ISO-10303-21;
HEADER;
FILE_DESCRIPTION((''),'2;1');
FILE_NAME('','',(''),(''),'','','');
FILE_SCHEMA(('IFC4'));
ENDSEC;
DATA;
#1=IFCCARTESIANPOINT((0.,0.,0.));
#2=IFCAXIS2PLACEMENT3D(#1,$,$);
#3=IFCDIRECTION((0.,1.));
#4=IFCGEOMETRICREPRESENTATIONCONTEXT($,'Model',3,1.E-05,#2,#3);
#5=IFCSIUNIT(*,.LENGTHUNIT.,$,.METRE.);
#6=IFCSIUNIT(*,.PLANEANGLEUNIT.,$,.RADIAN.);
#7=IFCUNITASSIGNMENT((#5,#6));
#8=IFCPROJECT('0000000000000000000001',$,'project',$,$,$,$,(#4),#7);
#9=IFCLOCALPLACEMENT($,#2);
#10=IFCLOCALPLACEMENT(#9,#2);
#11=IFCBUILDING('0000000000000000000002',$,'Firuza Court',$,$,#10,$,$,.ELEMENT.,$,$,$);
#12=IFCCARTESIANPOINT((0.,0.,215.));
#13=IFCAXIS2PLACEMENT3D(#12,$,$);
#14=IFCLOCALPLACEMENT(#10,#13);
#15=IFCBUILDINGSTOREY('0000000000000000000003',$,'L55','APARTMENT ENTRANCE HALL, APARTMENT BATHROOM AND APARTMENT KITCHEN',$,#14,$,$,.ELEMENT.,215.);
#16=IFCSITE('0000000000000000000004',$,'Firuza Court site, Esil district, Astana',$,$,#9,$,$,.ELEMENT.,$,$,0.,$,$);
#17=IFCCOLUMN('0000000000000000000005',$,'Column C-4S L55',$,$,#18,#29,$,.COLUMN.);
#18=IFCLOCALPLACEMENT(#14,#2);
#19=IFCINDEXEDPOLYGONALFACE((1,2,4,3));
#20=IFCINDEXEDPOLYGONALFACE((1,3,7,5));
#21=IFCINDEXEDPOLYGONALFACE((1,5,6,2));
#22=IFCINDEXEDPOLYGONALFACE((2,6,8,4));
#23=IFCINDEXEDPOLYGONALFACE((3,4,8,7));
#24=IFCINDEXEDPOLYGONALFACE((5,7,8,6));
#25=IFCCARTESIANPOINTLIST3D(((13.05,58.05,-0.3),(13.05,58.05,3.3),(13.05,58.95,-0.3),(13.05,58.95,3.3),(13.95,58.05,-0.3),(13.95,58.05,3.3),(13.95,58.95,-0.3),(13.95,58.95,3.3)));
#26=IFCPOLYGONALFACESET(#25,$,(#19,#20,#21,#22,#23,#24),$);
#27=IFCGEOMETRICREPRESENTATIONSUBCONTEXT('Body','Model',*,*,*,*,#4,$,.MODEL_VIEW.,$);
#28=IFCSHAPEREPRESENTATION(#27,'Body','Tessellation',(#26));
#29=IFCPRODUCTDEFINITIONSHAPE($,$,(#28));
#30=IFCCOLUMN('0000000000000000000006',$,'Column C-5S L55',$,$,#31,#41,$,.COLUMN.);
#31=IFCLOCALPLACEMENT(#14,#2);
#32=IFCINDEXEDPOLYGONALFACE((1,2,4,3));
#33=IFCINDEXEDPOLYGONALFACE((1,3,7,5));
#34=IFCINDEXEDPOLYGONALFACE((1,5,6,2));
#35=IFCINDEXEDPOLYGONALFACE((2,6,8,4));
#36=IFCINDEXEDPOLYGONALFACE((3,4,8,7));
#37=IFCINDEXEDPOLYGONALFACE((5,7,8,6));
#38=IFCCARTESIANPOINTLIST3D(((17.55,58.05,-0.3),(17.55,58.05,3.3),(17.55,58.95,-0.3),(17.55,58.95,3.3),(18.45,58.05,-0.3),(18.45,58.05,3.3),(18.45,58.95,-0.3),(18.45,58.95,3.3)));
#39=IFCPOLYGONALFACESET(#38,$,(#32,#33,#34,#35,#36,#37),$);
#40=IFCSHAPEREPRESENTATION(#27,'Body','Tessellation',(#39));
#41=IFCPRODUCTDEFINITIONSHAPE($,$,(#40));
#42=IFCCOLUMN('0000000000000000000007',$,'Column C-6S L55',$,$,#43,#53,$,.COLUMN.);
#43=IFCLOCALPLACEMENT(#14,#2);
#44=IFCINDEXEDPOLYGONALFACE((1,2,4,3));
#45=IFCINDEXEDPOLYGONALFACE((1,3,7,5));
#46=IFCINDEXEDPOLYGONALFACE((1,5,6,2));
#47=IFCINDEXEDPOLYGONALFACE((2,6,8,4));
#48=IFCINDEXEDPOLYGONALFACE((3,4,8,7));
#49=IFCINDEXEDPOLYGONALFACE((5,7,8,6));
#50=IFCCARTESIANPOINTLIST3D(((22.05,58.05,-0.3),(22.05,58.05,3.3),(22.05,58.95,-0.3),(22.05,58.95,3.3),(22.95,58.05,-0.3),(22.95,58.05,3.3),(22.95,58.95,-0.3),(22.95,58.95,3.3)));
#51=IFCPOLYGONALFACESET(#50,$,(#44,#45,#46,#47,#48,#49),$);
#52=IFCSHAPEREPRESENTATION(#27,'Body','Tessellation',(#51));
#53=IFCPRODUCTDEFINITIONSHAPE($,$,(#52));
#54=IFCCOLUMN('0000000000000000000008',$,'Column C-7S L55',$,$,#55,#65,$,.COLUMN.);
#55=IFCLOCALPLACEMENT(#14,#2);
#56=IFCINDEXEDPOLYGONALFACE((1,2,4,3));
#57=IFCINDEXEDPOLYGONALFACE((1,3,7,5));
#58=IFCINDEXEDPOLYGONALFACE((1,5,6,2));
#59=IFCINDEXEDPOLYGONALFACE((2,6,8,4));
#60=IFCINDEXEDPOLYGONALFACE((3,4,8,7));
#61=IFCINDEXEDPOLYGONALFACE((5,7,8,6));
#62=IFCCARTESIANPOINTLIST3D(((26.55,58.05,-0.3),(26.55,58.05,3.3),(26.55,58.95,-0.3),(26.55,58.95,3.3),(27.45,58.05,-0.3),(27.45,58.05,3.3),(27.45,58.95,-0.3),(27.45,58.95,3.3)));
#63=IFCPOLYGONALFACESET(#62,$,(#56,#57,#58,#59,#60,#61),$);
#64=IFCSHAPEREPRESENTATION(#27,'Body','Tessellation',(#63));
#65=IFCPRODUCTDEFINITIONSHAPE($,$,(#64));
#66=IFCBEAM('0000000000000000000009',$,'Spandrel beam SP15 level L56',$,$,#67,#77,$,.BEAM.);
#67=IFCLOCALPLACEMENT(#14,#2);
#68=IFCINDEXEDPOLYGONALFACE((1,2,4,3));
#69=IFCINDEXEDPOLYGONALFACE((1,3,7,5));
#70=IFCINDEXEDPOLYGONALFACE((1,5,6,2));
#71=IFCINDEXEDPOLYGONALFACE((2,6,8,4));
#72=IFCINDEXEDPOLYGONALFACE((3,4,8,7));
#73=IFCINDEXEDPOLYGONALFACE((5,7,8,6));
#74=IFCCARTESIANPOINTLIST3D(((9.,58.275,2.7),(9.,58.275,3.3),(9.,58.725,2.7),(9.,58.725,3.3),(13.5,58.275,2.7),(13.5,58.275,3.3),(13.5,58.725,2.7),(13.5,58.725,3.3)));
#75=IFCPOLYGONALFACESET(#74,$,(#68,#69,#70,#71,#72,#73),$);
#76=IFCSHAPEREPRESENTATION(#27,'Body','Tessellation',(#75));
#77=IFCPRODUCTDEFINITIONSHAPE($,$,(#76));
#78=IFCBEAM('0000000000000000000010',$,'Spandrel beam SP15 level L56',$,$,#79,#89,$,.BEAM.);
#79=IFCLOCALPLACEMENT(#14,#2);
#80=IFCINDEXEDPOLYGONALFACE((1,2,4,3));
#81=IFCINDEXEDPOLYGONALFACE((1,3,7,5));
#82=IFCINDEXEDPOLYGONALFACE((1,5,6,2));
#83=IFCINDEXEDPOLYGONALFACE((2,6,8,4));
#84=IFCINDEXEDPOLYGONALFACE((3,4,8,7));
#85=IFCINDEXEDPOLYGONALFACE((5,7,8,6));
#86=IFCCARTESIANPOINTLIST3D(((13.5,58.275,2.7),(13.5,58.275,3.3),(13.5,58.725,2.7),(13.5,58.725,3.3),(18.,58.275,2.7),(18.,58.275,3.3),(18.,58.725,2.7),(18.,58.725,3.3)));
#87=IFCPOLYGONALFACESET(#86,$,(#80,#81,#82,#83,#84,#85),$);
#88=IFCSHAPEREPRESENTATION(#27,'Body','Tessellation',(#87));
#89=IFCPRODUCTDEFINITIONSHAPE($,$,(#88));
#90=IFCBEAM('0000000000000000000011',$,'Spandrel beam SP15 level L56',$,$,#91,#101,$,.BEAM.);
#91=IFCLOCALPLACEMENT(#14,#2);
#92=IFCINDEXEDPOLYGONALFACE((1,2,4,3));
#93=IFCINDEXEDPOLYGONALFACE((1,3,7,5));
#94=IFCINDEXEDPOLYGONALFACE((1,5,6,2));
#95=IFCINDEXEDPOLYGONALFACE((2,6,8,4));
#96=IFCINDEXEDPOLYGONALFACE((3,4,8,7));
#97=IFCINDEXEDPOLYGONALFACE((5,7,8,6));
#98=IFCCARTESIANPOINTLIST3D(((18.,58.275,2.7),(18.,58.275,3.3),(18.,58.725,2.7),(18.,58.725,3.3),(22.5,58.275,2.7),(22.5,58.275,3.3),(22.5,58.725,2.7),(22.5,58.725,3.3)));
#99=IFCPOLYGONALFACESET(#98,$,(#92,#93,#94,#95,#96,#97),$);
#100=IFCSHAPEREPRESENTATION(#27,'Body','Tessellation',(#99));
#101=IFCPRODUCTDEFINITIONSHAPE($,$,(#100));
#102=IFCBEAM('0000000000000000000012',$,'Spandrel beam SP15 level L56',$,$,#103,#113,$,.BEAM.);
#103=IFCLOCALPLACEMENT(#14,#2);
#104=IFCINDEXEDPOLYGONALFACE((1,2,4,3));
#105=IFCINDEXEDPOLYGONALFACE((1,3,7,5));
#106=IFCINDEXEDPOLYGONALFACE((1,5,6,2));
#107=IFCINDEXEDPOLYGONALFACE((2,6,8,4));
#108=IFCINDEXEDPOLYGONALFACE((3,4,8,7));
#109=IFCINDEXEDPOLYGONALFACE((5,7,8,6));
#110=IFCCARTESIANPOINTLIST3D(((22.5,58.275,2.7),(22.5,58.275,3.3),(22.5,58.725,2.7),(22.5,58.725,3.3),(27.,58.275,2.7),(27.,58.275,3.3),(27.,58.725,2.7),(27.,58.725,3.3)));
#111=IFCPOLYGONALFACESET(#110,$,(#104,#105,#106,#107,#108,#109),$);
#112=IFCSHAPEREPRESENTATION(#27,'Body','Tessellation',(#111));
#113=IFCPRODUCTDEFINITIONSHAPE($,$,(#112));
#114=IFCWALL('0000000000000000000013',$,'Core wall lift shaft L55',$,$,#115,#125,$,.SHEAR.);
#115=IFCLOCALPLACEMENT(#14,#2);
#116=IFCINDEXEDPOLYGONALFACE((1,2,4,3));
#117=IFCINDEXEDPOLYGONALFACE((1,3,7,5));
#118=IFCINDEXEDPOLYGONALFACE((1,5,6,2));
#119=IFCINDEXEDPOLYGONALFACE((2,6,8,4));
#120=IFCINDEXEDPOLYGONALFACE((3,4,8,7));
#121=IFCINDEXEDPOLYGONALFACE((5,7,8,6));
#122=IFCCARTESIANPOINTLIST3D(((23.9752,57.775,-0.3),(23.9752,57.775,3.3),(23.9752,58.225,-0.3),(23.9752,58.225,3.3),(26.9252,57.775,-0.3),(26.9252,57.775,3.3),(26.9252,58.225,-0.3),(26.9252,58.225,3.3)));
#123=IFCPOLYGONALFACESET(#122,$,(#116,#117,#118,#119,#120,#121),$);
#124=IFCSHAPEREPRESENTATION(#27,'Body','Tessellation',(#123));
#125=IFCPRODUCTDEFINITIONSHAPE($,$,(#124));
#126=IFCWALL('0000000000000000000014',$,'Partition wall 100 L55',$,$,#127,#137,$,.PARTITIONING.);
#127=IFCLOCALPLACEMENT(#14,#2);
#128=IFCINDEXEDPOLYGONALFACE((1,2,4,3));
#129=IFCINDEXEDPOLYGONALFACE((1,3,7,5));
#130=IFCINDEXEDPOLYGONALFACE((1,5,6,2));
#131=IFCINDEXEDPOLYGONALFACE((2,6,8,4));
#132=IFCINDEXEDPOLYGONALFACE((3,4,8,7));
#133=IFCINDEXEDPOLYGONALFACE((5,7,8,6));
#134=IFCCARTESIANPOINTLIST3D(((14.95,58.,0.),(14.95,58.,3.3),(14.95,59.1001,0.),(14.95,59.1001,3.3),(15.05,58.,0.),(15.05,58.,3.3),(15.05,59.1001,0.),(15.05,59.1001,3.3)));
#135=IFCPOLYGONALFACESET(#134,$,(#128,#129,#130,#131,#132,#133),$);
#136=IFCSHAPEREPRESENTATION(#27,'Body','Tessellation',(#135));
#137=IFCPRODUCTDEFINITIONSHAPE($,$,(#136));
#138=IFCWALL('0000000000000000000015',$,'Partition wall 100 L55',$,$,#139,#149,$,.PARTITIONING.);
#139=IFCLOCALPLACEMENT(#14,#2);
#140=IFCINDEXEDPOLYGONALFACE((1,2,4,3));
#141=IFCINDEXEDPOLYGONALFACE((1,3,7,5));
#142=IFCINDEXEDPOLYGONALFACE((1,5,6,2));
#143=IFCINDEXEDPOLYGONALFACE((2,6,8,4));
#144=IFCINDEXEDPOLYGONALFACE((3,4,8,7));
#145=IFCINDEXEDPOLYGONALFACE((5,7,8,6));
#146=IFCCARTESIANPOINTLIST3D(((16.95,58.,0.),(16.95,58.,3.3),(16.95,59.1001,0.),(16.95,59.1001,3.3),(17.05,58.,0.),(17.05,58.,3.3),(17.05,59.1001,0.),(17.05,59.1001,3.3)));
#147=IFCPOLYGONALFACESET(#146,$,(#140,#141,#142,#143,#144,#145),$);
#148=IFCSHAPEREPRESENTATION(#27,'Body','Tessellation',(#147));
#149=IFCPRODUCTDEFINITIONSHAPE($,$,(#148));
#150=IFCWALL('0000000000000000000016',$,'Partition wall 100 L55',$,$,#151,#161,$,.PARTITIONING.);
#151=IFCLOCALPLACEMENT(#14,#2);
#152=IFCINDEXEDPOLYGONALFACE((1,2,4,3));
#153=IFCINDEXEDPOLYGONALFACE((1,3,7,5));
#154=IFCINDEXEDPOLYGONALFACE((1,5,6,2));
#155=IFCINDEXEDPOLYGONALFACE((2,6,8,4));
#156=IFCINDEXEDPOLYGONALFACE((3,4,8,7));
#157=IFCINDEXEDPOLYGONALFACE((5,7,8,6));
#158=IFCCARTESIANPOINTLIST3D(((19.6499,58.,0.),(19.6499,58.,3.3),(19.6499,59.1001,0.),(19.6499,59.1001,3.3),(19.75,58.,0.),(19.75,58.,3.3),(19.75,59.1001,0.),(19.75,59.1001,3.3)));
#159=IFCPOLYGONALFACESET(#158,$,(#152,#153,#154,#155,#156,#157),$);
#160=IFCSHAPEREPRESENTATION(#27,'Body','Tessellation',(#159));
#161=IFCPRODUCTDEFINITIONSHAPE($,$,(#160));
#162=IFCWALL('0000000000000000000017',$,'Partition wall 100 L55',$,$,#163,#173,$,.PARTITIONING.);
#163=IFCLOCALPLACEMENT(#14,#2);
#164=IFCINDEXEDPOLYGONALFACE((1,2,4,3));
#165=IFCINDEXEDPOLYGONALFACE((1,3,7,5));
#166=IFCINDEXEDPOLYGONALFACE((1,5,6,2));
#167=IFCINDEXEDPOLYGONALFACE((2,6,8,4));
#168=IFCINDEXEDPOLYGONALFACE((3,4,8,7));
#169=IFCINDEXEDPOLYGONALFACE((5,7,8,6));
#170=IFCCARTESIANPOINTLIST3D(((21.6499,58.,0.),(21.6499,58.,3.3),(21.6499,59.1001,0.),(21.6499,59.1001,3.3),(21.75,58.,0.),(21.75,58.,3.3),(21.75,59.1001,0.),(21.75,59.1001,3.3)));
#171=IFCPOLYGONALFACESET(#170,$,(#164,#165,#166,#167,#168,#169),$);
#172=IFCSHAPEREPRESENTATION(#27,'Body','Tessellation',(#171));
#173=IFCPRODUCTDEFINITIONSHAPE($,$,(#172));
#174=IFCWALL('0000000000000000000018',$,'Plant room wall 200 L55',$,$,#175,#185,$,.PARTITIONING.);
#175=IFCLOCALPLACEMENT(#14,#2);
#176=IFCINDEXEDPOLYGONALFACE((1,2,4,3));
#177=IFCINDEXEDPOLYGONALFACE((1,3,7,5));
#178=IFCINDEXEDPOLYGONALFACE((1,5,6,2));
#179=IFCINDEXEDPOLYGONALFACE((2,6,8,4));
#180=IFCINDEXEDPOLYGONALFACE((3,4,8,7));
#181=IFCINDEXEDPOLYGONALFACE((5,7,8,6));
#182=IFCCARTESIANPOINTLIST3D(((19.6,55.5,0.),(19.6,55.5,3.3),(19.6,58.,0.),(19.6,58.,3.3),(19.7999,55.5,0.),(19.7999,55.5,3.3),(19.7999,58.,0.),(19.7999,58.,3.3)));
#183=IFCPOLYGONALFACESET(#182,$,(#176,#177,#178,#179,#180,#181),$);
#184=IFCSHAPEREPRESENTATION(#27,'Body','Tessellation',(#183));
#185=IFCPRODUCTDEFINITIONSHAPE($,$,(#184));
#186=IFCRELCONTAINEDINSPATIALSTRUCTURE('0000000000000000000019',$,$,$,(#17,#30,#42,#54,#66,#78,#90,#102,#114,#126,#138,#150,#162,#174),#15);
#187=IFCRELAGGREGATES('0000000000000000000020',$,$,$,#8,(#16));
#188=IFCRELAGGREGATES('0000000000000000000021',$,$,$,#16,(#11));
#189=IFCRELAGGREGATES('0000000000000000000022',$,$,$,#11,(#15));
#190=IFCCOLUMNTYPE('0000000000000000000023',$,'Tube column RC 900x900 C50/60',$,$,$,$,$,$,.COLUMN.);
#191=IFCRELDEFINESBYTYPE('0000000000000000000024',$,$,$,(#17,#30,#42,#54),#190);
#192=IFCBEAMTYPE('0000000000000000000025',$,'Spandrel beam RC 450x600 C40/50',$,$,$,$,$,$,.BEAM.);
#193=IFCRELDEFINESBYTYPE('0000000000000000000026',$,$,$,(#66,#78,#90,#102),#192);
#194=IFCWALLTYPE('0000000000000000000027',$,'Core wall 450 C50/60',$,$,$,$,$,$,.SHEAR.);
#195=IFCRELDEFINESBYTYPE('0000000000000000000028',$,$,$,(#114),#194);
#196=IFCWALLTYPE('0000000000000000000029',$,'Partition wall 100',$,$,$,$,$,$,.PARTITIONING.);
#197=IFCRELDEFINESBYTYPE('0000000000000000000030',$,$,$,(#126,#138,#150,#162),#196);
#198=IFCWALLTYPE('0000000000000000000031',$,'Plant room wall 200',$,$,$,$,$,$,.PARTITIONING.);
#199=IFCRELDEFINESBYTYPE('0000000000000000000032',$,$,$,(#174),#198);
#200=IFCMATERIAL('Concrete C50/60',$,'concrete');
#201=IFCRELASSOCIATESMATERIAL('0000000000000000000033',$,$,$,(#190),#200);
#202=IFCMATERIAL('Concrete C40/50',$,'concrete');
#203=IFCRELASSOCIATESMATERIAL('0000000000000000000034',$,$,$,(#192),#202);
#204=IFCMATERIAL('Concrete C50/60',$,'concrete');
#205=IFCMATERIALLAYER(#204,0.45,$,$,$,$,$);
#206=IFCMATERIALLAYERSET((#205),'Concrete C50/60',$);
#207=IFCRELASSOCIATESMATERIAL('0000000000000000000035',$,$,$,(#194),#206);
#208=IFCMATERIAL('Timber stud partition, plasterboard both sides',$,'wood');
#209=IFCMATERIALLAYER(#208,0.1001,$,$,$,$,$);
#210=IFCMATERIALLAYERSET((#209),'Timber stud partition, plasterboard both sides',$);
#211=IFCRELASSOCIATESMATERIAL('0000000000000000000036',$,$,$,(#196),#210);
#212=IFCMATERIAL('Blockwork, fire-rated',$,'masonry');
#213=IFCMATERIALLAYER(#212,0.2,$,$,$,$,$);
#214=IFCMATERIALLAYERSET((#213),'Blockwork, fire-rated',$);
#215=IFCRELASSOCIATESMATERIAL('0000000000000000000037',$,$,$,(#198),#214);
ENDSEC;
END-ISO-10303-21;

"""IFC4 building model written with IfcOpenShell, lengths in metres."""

from ifc_helpers import new_model, si_unit, direction, frame, frame_2d, origin, origin_2d, place, context, subcontext, project, spatial, rectangle, extrude, material, layer, layer_set, material_profile, profile_set, type_object, element, save


model = new_model("IFC4")

# Units and contexts
model_context = context("Model", 3, precision=1e-05, world=origin(), true_north=direction((0.0, 1.0)))
body_context = subcontext(model_context, "Body", "Model", "MODEL_VIEW")
ifc_project = project(units=[si_unit("LENGTHUNIT", "METRE"), si_unit("PLANEANGLEUNIT", "RADIAN")], contexts=[model_context])

# Site, building, storey
site_placement = place(None, origin())
site = spatial("IfcSite", under=ifc_project, at=site_placement, Name="Firuza Court site, Esil district, Astana", CompositionType="ELEMENT", RefElevation=0.0)
building_placement = place(site_placement, origin())
building = spatial("IfcBuilding", under=site, at=building_placement, Name="Firuza Court", CompositionType="ELEMENT")
storey_placement = place(building_placement, frame((0.0, 0.0, 215.0)))
storey = spatial("IfcBuildingStorey", under=building, at=storey_placement, Name="L55", Description="APARTMENT ENTRANCE HALL, APARTMENT BATHROOM AND APARTMENT KITCHEN", CompositionType="ELEMENT", Elevation=215.0)

# Columns
ifc_material_1 = material(Name="Concrete C50/60", Category="concrete")
ifc_material_profile_1 = material_profile(ifc_material_1, rectangle(XDim=0.8999, YDim=0.8999, at=origin_2d()), Name="RC 900x900")
ifc_profile_set_1 = profile_set([ifc_material_profile_1], Name="Concrete C50/60")
column_type = type_object("IfcColumnType", Name="Tube column RC 900x900 C50/60", PredefinedType="COLUMN", material=ifc_profile_set_1)
for number, where, z_axis, x_axis, name in (
    (1, (13.5, 58.5, -0.3), (0.0, 0.0, 1.0), (1.0, 0.0, 0.0), "Column C-4S L55"),
    (2, (18.0, 58.5, -0.3), (0.0, 0.0, 1.0), (1.0, 0.0, 0.0), "Column C-5S L55"),
    (3, (22.5, 58.5, -0.3), (0.0, 0.0, 1.0), (1.0, 0.0, 0.0), "Column C-6S L55"),
    (4, (27.0, 58.5, -0.3), (0.0, 0.0, 1.0), (1.0, 0.0, 0.0), "Column C-7S L55"),
):
    element("IfcColumn", number, at=place(storey_placement, frame(where, z_axis=z_axis, x_axis=x_axis)), inside=storey, type_object=column_type, Name=name, PredefinedType="COLUMN", context=body_context, shape_type="SweptSolid", body=[
        extrude(rectangle(XDim=0.8999, YDim=0.8999, at=origin_2d()), origin(), (0.0, 0.0, 1.0), 3.6001),
    ])

# Beams
ifc_material_2 = material(Name="Concrete C40/50", Category="concrete")
ifc_material_profile_2 = material_profile(ifc_material_2, rectangle(XDim=0.45, YDim=0.6001, at=origin_2d()), Name="RC 450x600")
ifc_profile_set_2 = profile_set([ifc_material_profile_2], Name="Concrete C40/50")
beam_type = type_object("IfcBeamType", Name="Spandrel beam RC 450x600 C40/50", PredefinedType="BEAM", material=ifc_profile_set_2)
for number, where, z_axis, x_axis, name in (
    (5, (13.5, 58.5, 3.0), (-1.0, 0.0, 0.0), (0.0, -1.0, 0.0), "Spandrel beam SP15 level L56"),
    (6, (18.0, 58.5, 3.0), (-1.0, 0.0, 0.0), (0.0, -1.0, 0.0), "Spandrel beam SP15 level L56"),
    (7, (22.5, 58.5, 3.0), (-1.0, 0.0, 0.0), (0.0, -1.0, 0.0), "Spandrel beam SP15 level L56"),
    (8, (27.0, 58.5, 3.0), (-1.0, 0.0, 0.0), (0.0, -1.0, 0.0), "Spandrel beam SP15 level L56"),
):
    element("IfcBeam", number, at=place(storey_placement, frame(where, z_axis=z_axis, x_axis=x_axis)), inside=storey, type_object=beam_type, Name=name, PredefinedType="BEAM", context=body_context, shape_type="SweptSolid", body=[
        extrude(rectangle(XDim=0.45, YDim=0.6001, at=origin_2d()), origin(), (0.0, 0.0, 1.0), 4.5),
    ])

# Walls
ifc_material_3 = material(Name="Concrete C50/60", Category="concrete")
ifc_layer_1 = layer(ifc_material_3, 0.45)
ifc_layer_set_1 = layer_set([ifc_layer_1], Name="Concrete C50/60")
wall_type_1 = type_object("IfcWallType", Name="Core wall 450 C50/60", PredefinedType="SHEAR", material=ifc_layer_set_1)
wall_1_placement = place(storey_placement, frame((23.9751, 58.0, -0.3), z_axis=(0.0, 0.0, 1.0), x_axis=(1.0, 0.0, 0.0)))
element("IfcWall", 9, at=wall_1_placement, inside=storey, type_object=wall_type_1, Name="Core wall lift shaft L55", PredefinedType="SHEAR", context=body_context, shape_type="SweptSolid", body=[
    extrude(rectangle(XDim=2.95, YDim=0.45, at=frame_2d((1.4751, 0.0))), origin(), (0.0, 0.0, 1.0), 3.6001),
])
ifc_material_4 = material(Name="Timber stud partition, plasterboard both sides", Category="wood")
ifc_layer_2 = layer(ifc_material_4, 0.1001)
ifc_layer_set_2 = layer_set([ifc_layer_2], Name="Timber stud partition, plasterboard both sides")
wall_type_2 = type_object("IfcWallType", Name="Partition wall 100", PredefinedType="PARTITIONING", material=ifc_layer_set_2)
for number, where, z_axis, x_axis, name in (
    (10, (15.0, 58.0, 0.0), (0.0, 0.0, 1.0), (0.0, 1.0, 0.0), "Partition wall 100 L55"),
    (11, (17.0, 58.0, 0.0), (0.0, 0.0, 1.0), (0.0, 1.0, 0.0), "Partition wall 100 L55"),
    (12, (19.7, 58.0, 0.0), (0.0, 0.0, 1.0), (0.0, 1.0, 0.0), "Partition wall 100 L55"),
    (13, (21.7, 58.0, 0.0), (0.0, 0.0, 1.0), (0.0, 1.0, 0.0), "Partition wall 100 L55"),
):
    element("IfcWall", number, at=place(storey_placement, frame(where, z_axis=z_axis, x_axis=x_axis)), inside=storey, type_object=wall_type_2, Name=name, PredefinedType="PARTITIONING", context=body_context, shape_type="SweptSolid", body=[
        extrude(rectangle(XDim=1.1001, YDim=0.1001, at=frame_2d((0.55, 0.0))), origin(), (0.0, 0.0, 1.0), 3.3),
    ])
ifc_material_5 = material(Name="Blockwork, fire-rated", Category="masonry")
ifc_layer_3 = layer(ifc_material_5, 0.2)
ifc_layer_set_3 = layer_set([ifc_layer_3], Name="Blockwork, fire-rated")
wall_type_3 = type_object("IfcWallType", Name="Plant room wall 200", PredefinedType="PARTITIONING", material=ifc_layer_set_3)
wall_2_placement = place(storey_placement, frame((19.7, 55.5, 0.0), z_axis=(0.0, 0.0, 1.0), x_axis=(0.0, 1.0, 0.0)))
element("IfcWall", 14, at=wall_2_placement, inside=storey, type_object=wall_type_3, Name="Plant room wall 200 L55", PredefinedType="PARTITIONING", context=body_context, shape_type="SweptSolid", body=[
    extrude(rectangle(XDim=2.5, YDim=0.2, at=frame_2d((1.25, 0.0))), origin(), (0.0, 0.0, 1.0), 3.3),
])

save(model, "model.ifc")
